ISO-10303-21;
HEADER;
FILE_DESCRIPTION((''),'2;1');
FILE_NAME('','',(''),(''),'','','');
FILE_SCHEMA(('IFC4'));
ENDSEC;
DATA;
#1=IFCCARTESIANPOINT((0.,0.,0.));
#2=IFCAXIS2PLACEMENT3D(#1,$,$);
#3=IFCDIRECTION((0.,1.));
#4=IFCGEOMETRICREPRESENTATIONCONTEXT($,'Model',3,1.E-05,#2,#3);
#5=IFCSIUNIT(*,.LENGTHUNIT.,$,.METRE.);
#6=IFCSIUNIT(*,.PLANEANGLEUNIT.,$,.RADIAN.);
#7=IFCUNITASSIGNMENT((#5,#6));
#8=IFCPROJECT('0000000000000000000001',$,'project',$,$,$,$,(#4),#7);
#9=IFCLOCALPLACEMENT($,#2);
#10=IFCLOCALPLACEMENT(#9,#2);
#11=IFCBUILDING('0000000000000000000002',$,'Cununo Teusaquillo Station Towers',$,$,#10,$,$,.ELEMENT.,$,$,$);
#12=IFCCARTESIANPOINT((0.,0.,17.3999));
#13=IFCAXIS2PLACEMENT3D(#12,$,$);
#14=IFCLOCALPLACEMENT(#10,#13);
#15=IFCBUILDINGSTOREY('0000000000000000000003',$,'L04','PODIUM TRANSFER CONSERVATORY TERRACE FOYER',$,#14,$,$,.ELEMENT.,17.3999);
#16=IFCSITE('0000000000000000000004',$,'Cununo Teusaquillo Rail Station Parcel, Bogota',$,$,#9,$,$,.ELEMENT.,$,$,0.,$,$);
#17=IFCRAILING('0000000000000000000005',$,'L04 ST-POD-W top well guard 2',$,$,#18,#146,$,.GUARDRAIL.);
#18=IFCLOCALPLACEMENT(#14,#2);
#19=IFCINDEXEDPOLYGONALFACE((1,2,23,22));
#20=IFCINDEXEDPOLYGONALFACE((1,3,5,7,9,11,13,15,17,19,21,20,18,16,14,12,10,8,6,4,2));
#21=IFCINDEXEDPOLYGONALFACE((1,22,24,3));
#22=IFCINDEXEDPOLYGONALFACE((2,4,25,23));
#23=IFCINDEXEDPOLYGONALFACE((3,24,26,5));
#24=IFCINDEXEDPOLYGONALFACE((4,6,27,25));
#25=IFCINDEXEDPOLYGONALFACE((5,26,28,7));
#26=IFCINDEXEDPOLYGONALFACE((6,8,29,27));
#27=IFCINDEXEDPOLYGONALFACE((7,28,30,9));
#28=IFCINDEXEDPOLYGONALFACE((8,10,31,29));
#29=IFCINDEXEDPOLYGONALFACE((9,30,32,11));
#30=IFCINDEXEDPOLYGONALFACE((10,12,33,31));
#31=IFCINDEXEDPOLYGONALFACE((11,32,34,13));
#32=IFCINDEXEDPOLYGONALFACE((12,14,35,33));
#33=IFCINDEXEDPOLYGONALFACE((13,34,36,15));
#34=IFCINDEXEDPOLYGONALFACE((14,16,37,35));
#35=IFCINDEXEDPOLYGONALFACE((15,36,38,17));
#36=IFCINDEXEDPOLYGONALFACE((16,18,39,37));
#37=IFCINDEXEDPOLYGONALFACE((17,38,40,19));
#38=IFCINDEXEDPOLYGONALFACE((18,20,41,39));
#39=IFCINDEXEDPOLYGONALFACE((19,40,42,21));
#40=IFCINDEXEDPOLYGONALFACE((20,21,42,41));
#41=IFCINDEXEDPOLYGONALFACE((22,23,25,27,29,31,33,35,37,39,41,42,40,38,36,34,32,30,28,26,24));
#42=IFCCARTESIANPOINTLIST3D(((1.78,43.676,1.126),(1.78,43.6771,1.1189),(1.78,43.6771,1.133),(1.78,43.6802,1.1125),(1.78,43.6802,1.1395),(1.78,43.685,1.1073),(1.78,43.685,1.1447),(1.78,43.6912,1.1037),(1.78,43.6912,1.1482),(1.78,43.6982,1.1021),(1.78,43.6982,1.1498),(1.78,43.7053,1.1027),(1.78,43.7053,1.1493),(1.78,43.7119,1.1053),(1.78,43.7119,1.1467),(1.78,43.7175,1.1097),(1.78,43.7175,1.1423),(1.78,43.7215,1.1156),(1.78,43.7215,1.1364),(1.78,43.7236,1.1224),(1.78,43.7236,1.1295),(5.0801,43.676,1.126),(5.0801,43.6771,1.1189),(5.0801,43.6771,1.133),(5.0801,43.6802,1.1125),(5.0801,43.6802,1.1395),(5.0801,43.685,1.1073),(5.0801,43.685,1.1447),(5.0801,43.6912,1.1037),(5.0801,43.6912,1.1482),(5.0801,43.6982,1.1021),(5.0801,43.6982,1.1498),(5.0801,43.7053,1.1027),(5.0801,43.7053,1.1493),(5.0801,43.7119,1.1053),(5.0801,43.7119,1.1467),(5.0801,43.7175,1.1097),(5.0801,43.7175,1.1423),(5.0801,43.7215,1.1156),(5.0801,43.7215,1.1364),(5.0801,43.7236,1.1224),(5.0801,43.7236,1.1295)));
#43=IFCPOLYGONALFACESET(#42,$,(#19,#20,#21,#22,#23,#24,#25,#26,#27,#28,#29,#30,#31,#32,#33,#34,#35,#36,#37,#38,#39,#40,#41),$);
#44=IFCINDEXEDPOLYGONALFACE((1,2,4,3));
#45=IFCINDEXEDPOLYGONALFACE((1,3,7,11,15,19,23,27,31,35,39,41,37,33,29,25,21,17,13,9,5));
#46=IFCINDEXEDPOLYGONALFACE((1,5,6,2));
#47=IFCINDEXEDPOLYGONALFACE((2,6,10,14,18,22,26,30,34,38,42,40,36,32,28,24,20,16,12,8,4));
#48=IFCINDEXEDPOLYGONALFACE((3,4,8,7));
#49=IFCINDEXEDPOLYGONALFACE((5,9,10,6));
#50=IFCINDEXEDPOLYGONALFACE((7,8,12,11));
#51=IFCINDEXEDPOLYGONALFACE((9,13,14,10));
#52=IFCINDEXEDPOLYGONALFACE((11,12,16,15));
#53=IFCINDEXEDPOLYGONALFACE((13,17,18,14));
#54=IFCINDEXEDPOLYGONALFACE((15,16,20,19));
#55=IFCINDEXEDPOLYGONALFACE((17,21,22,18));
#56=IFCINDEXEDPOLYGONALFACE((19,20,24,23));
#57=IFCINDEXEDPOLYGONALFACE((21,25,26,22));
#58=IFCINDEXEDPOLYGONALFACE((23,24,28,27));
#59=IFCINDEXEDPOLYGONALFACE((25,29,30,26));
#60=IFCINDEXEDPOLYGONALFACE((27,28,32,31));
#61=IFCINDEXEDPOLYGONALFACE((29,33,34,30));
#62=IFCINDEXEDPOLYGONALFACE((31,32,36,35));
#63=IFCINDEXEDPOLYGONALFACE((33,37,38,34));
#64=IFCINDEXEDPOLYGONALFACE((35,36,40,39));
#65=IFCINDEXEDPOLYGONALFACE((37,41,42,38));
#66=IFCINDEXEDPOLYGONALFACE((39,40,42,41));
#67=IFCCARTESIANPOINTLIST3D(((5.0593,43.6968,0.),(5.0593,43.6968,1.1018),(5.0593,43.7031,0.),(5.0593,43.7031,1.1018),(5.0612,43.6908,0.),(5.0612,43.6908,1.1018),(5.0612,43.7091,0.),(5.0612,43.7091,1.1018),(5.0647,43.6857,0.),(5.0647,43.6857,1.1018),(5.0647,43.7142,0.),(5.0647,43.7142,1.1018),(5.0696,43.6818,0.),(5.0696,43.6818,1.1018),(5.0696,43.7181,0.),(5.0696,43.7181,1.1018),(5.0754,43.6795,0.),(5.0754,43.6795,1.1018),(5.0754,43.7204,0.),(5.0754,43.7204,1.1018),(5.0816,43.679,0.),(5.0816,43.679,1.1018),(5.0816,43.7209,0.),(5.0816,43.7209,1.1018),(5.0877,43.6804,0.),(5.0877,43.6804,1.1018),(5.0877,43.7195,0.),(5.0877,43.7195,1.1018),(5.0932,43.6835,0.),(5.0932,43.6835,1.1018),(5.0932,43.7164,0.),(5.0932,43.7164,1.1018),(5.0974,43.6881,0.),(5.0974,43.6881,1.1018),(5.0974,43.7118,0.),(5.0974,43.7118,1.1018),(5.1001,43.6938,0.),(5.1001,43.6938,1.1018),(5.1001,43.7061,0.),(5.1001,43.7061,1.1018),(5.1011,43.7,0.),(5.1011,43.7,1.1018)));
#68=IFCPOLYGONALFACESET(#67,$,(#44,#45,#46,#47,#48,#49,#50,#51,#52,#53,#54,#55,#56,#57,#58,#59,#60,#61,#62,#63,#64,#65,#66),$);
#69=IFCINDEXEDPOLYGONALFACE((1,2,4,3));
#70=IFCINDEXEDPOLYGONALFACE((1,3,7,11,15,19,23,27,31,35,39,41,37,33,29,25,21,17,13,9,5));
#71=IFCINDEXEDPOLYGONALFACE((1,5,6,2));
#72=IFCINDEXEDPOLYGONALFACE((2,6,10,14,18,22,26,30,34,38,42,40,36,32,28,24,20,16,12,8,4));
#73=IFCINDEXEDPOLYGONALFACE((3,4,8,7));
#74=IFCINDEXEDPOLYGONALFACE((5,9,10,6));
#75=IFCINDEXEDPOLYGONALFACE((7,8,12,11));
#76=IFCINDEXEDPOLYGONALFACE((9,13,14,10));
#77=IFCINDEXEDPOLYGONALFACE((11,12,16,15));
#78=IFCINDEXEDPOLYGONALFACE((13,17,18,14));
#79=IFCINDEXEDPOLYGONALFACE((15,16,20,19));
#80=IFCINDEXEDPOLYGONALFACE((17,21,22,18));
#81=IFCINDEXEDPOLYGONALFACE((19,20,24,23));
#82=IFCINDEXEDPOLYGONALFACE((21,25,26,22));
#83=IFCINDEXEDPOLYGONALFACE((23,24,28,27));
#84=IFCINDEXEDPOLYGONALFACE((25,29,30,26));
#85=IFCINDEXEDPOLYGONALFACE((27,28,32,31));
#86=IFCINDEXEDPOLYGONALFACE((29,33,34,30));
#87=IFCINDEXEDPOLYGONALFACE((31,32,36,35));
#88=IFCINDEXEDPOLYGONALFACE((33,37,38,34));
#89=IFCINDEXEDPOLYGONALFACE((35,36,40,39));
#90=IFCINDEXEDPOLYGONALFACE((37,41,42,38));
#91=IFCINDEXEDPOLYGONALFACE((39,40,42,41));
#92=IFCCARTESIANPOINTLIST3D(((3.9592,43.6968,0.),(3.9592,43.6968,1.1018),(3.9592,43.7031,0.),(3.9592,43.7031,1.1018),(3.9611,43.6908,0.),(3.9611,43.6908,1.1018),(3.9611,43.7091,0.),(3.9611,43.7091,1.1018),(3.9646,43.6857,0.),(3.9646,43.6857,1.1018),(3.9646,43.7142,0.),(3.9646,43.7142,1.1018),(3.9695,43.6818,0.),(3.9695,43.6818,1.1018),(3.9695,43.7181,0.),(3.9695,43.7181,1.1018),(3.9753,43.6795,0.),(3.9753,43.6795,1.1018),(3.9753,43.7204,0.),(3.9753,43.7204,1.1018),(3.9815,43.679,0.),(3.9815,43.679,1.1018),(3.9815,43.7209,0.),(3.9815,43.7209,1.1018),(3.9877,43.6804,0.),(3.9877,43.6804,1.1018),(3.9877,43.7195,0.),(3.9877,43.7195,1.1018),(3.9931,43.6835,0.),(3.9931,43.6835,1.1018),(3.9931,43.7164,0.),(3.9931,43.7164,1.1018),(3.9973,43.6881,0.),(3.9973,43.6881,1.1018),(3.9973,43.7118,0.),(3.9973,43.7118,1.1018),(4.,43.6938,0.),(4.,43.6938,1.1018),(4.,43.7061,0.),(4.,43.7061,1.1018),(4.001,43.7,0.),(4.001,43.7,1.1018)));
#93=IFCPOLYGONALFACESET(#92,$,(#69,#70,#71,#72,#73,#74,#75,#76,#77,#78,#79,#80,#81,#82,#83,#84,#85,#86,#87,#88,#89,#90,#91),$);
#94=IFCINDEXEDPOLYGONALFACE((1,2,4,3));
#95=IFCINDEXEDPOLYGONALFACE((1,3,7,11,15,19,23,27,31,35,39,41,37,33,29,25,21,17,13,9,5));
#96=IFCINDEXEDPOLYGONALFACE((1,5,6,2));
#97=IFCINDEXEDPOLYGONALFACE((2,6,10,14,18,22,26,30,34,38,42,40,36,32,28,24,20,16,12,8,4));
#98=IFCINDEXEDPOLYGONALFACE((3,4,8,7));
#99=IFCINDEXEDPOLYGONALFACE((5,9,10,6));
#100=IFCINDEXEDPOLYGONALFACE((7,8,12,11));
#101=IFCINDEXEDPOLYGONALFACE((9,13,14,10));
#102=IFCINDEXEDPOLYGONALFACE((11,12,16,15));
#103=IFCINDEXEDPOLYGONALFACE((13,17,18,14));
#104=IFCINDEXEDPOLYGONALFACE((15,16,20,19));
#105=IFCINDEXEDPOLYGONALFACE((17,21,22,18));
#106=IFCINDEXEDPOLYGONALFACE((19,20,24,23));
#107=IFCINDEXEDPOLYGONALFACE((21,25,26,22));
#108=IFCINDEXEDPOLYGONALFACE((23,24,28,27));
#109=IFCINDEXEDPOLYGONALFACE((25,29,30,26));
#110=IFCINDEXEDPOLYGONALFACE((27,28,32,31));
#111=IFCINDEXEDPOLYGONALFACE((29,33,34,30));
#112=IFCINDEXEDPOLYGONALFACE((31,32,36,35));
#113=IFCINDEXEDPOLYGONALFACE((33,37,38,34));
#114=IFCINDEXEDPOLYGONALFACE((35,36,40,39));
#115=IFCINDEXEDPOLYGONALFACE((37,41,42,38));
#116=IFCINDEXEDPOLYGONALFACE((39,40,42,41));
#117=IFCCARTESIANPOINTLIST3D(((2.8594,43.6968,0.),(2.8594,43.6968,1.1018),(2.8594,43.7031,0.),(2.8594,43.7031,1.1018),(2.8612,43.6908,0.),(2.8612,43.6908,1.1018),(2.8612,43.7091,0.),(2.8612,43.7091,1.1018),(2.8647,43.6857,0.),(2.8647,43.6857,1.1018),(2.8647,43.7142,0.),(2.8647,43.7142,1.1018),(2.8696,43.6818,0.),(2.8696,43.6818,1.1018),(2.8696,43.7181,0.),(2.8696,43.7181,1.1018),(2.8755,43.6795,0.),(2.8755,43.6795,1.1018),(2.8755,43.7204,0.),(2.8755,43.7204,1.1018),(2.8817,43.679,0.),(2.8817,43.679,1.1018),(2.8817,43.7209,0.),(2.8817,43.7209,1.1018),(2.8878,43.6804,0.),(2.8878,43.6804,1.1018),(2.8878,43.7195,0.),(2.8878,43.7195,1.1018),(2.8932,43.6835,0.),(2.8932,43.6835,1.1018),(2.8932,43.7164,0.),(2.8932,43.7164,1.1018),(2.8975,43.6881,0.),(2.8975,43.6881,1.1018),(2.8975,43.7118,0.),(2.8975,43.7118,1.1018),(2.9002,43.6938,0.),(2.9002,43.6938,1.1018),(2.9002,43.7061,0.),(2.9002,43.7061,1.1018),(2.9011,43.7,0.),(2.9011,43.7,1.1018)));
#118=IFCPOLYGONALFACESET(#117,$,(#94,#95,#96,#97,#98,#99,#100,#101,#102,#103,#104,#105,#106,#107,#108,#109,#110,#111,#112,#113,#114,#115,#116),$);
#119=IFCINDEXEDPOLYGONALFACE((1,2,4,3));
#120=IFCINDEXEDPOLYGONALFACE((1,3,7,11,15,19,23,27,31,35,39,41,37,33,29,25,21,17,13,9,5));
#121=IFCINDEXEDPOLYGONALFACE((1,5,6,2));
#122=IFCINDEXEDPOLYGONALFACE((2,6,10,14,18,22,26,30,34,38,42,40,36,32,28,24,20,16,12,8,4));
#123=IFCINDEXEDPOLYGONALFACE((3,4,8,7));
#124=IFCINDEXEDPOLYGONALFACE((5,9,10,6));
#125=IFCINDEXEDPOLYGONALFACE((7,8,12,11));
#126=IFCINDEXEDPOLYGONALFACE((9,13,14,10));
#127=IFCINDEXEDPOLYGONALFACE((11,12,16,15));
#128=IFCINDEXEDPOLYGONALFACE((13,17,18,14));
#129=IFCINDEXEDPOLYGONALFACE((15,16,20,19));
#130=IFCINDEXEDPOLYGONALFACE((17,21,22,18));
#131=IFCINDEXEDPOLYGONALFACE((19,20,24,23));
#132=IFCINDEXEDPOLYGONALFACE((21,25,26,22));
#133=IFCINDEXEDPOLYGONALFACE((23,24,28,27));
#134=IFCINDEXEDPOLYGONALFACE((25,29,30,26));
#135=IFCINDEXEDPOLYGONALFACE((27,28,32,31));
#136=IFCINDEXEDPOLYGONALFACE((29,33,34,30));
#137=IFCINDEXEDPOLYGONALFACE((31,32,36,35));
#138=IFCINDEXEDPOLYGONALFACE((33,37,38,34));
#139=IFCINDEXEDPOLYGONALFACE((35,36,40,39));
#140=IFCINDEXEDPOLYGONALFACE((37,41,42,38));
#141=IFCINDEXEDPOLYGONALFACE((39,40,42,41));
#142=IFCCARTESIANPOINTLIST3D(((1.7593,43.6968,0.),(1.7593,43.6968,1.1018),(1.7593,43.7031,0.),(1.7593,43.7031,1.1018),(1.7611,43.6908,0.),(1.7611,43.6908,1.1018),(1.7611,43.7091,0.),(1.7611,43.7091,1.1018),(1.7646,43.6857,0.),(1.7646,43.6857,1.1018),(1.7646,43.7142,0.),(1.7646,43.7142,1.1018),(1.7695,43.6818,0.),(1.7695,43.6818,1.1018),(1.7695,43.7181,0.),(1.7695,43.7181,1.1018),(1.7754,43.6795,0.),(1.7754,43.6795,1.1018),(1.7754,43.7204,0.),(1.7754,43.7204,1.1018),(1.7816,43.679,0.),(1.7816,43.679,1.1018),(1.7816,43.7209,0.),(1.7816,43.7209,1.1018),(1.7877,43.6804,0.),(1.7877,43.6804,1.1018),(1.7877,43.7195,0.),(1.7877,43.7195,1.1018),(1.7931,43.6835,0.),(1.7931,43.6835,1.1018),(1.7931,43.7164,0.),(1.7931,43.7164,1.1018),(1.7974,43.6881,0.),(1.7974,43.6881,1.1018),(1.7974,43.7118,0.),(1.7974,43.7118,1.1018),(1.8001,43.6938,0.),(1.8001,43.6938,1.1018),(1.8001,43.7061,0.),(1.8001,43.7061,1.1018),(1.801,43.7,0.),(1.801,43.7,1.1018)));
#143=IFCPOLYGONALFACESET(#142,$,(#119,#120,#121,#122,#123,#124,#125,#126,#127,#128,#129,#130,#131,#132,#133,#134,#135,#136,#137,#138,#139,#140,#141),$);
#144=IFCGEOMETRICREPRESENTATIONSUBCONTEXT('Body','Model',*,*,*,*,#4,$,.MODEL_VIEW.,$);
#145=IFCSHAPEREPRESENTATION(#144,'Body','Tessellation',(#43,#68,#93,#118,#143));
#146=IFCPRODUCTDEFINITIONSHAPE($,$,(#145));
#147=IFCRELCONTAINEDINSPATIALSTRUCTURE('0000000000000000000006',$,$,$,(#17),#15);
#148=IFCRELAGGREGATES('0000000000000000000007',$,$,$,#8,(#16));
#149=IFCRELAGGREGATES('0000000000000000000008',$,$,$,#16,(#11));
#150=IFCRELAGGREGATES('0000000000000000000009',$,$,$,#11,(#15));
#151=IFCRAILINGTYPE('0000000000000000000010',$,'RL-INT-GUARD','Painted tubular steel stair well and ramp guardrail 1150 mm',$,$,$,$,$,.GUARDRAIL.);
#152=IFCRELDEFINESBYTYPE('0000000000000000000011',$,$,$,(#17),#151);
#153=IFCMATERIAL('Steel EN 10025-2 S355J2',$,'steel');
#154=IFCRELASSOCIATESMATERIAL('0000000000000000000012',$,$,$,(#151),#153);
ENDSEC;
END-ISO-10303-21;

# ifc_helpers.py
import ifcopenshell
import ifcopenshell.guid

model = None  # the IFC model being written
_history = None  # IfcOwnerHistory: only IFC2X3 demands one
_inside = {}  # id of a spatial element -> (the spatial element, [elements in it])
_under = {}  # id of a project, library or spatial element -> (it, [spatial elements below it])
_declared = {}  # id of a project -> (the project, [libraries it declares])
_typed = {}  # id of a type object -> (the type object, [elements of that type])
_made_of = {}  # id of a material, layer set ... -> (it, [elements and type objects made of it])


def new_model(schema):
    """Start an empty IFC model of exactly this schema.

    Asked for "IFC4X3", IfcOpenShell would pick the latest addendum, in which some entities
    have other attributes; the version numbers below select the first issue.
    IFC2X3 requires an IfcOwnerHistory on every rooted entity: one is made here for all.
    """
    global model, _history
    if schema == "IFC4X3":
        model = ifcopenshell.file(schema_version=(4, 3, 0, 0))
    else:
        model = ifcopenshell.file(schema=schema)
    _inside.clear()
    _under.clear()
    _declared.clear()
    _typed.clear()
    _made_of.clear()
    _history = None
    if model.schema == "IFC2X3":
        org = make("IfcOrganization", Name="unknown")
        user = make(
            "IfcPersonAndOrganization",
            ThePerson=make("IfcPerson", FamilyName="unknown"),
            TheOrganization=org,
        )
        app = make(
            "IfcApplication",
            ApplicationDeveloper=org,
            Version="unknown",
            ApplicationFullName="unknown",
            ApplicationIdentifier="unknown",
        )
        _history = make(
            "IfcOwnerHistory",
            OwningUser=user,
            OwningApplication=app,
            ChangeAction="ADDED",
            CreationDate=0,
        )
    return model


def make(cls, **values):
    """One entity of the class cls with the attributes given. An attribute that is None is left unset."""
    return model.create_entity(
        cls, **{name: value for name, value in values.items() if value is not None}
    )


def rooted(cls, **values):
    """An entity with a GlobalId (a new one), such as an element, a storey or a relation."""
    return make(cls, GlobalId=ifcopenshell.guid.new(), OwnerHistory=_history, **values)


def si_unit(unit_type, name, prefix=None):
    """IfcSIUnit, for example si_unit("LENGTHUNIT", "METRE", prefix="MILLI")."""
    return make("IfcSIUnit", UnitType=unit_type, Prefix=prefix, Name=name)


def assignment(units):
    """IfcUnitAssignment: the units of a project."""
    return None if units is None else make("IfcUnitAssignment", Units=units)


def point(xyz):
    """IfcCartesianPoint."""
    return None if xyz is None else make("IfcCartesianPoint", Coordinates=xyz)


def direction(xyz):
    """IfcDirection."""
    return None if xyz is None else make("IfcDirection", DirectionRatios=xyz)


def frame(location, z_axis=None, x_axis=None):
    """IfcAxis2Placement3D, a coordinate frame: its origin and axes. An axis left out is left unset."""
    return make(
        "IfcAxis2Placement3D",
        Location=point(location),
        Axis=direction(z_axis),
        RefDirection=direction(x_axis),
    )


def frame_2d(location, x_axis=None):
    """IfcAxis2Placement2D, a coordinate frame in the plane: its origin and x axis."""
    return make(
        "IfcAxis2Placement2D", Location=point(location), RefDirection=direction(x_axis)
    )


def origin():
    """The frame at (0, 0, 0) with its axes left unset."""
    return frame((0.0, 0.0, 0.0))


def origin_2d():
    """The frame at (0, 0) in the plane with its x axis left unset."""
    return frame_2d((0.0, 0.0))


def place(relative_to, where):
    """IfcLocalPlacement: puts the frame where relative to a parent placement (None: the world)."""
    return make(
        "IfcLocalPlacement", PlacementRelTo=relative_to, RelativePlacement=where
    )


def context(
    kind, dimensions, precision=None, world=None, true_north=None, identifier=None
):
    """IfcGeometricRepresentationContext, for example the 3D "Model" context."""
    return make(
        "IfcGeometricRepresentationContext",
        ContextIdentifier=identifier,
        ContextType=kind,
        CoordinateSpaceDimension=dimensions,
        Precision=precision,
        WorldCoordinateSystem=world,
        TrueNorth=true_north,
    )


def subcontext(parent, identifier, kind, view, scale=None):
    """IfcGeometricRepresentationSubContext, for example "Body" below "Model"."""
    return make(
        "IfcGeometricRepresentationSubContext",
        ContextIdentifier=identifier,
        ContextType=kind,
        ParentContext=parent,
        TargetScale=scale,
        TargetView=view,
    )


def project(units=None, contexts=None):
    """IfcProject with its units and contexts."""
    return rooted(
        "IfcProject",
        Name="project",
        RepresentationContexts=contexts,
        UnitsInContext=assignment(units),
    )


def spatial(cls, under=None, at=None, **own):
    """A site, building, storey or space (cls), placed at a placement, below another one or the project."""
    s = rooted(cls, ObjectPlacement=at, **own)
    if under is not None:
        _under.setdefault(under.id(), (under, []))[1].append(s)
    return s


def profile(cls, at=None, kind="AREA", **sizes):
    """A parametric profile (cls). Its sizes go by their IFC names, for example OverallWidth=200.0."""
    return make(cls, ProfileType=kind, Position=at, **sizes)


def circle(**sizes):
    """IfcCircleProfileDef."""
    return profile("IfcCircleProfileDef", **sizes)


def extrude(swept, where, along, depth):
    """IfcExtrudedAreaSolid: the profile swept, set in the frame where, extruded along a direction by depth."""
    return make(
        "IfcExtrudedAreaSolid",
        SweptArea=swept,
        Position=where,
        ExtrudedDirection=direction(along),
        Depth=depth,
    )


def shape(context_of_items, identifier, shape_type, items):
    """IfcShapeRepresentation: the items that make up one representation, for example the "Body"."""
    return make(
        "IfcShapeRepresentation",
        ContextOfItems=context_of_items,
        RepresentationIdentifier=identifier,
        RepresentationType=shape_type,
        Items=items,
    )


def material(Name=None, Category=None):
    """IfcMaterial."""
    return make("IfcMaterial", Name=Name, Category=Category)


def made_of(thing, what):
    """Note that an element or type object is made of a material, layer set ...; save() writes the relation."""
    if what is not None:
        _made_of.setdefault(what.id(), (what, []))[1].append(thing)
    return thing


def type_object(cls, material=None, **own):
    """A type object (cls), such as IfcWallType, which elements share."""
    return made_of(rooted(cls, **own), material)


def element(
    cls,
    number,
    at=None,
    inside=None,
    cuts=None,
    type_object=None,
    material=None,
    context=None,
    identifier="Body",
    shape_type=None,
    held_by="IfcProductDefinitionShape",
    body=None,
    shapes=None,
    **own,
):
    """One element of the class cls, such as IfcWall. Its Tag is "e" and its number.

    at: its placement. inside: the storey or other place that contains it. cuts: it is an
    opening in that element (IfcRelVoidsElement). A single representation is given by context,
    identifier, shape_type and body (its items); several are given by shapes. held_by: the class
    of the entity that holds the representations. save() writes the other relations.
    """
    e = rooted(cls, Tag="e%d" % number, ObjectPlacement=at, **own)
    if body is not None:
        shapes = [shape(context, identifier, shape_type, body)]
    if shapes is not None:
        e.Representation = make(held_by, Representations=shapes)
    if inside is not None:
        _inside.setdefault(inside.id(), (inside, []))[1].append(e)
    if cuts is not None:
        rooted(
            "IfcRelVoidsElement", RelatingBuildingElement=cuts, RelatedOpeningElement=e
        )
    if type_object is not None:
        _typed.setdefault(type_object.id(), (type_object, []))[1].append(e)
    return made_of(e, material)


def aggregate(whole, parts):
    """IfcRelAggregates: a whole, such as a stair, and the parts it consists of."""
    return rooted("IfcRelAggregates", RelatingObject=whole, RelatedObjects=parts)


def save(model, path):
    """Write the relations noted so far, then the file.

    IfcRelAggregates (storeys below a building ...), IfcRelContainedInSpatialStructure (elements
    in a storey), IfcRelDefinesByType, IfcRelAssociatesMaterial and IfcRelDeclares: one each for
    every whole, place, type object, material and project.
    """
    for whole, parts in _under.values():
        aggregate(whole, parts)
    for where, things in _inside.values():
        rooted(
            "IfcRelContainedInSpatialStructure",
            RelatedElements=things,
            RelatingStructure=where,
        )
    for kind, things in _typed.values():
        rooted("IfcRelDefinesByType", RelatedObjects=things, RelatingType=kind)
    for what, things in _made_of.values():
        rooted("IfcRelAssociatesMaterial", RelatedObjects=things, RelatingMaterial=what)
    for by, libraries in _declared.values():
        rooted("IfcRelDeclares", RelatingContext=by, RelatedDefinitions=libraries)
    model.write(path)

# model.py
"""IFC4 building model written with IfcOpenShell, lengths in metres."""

from ifc_helpers import new_model, si_unit, direction, frame, origin, origin_2d, place, context, subcontext, project, spatial, circle, extrude, material, type_object, element, save


model = new_model("IFC4")

# Units and contexts
model_context = context("Model", 3, precision=1e-05, world=origin(), true_north=direction((0.0, 1.0)))
body_context = subcontext(model_context, "Body", "Model", "MODEL_VIEW")
ifc_project = project(units=[si_unit("LENGTHUNIT", "METRE"), si_unit("PLANEANGLEUNIT", "RADIAN")], contexts=[model_context])

# Site, building, storey
site_placement = place(None, origin())
site = spatial("IfcSite", under=ifc_project, at=site_placement, Name="Cununo Teusaquillo Rail Station Parcel, Bogota", CompositionType="ELEMENT", RefElevation=0.0)
building_placement = place(site_placement, origin())
building = spatial("IfcBuilding", under=site, at=building_placement, Name="Cununo Teusaquillo Station Towers", CompositionType="ELEMENT")
storey_placement = place(building_placement, frame((0.0, 0.0, 17.3999)))
storey = spatial("IfcBuildingStorey", under=building, at=storey_placement, Name="L04", Description="PODIUM TRANSFER CONSERVATORY TERRACE FOYER", CompositionType="ELEMENT", Elevation=17.3999)

# Railing
ifc_material_1 = material(Name="Steel EN 10025-2 S355J2", Category="steel")
railing_type = type_object("IfcRailingType", Name="RL-INT-GUARD", Description="Painted tubular steel stair well and ramp guardrail 1150 mm", PredefinedType="GUARDRAIL", material=ifc_material_1)
railing_1_placement = place(storey_placement, frame((5.0801, 43.7, 0.0)))
element("IfcRailing", 1, at=railing_1_placement, inside=storey, type_object=railing_type, Name="L04 ST-POD-W top well guard 2", PredefinedType="GUARDRAIL", context=body_context, shape_type="SweptSolid", body=[
    extrude(circle(Radius=0.0239, at=origin_2d()), frame((0.0, 0.0, 1.126), z_axis=(-1.0, 0.0, 0.0), x_axis=(0.0, -1.0, 0.0)), (0.0, 0.0, 1.0), 3.3),
    extrude(circle(Radius=0.021, at=origin_2d()), origin(), (0.0, 0.0, 1.0), 1.1018),
    extrude(circle(Radius=0.021, at=origin_2d()), frame((-1.1001, 0.0, 0.0)), (0.0, 0.0, 1.0), 1.1018),
    extrude(circle(Radius=0.021, at=origin_2d()), frame((-2.2, 0.0, 0.0)), (0.0, 0.0, 1.0), 1.1018),
    extrude(circle(Radius=0.021, at=origin_2d()), frame((-3.3, 0.0, 0.0)), (0.0, 0.0, 1.0), 1.1018),
])

save(model, "model.ifc")
